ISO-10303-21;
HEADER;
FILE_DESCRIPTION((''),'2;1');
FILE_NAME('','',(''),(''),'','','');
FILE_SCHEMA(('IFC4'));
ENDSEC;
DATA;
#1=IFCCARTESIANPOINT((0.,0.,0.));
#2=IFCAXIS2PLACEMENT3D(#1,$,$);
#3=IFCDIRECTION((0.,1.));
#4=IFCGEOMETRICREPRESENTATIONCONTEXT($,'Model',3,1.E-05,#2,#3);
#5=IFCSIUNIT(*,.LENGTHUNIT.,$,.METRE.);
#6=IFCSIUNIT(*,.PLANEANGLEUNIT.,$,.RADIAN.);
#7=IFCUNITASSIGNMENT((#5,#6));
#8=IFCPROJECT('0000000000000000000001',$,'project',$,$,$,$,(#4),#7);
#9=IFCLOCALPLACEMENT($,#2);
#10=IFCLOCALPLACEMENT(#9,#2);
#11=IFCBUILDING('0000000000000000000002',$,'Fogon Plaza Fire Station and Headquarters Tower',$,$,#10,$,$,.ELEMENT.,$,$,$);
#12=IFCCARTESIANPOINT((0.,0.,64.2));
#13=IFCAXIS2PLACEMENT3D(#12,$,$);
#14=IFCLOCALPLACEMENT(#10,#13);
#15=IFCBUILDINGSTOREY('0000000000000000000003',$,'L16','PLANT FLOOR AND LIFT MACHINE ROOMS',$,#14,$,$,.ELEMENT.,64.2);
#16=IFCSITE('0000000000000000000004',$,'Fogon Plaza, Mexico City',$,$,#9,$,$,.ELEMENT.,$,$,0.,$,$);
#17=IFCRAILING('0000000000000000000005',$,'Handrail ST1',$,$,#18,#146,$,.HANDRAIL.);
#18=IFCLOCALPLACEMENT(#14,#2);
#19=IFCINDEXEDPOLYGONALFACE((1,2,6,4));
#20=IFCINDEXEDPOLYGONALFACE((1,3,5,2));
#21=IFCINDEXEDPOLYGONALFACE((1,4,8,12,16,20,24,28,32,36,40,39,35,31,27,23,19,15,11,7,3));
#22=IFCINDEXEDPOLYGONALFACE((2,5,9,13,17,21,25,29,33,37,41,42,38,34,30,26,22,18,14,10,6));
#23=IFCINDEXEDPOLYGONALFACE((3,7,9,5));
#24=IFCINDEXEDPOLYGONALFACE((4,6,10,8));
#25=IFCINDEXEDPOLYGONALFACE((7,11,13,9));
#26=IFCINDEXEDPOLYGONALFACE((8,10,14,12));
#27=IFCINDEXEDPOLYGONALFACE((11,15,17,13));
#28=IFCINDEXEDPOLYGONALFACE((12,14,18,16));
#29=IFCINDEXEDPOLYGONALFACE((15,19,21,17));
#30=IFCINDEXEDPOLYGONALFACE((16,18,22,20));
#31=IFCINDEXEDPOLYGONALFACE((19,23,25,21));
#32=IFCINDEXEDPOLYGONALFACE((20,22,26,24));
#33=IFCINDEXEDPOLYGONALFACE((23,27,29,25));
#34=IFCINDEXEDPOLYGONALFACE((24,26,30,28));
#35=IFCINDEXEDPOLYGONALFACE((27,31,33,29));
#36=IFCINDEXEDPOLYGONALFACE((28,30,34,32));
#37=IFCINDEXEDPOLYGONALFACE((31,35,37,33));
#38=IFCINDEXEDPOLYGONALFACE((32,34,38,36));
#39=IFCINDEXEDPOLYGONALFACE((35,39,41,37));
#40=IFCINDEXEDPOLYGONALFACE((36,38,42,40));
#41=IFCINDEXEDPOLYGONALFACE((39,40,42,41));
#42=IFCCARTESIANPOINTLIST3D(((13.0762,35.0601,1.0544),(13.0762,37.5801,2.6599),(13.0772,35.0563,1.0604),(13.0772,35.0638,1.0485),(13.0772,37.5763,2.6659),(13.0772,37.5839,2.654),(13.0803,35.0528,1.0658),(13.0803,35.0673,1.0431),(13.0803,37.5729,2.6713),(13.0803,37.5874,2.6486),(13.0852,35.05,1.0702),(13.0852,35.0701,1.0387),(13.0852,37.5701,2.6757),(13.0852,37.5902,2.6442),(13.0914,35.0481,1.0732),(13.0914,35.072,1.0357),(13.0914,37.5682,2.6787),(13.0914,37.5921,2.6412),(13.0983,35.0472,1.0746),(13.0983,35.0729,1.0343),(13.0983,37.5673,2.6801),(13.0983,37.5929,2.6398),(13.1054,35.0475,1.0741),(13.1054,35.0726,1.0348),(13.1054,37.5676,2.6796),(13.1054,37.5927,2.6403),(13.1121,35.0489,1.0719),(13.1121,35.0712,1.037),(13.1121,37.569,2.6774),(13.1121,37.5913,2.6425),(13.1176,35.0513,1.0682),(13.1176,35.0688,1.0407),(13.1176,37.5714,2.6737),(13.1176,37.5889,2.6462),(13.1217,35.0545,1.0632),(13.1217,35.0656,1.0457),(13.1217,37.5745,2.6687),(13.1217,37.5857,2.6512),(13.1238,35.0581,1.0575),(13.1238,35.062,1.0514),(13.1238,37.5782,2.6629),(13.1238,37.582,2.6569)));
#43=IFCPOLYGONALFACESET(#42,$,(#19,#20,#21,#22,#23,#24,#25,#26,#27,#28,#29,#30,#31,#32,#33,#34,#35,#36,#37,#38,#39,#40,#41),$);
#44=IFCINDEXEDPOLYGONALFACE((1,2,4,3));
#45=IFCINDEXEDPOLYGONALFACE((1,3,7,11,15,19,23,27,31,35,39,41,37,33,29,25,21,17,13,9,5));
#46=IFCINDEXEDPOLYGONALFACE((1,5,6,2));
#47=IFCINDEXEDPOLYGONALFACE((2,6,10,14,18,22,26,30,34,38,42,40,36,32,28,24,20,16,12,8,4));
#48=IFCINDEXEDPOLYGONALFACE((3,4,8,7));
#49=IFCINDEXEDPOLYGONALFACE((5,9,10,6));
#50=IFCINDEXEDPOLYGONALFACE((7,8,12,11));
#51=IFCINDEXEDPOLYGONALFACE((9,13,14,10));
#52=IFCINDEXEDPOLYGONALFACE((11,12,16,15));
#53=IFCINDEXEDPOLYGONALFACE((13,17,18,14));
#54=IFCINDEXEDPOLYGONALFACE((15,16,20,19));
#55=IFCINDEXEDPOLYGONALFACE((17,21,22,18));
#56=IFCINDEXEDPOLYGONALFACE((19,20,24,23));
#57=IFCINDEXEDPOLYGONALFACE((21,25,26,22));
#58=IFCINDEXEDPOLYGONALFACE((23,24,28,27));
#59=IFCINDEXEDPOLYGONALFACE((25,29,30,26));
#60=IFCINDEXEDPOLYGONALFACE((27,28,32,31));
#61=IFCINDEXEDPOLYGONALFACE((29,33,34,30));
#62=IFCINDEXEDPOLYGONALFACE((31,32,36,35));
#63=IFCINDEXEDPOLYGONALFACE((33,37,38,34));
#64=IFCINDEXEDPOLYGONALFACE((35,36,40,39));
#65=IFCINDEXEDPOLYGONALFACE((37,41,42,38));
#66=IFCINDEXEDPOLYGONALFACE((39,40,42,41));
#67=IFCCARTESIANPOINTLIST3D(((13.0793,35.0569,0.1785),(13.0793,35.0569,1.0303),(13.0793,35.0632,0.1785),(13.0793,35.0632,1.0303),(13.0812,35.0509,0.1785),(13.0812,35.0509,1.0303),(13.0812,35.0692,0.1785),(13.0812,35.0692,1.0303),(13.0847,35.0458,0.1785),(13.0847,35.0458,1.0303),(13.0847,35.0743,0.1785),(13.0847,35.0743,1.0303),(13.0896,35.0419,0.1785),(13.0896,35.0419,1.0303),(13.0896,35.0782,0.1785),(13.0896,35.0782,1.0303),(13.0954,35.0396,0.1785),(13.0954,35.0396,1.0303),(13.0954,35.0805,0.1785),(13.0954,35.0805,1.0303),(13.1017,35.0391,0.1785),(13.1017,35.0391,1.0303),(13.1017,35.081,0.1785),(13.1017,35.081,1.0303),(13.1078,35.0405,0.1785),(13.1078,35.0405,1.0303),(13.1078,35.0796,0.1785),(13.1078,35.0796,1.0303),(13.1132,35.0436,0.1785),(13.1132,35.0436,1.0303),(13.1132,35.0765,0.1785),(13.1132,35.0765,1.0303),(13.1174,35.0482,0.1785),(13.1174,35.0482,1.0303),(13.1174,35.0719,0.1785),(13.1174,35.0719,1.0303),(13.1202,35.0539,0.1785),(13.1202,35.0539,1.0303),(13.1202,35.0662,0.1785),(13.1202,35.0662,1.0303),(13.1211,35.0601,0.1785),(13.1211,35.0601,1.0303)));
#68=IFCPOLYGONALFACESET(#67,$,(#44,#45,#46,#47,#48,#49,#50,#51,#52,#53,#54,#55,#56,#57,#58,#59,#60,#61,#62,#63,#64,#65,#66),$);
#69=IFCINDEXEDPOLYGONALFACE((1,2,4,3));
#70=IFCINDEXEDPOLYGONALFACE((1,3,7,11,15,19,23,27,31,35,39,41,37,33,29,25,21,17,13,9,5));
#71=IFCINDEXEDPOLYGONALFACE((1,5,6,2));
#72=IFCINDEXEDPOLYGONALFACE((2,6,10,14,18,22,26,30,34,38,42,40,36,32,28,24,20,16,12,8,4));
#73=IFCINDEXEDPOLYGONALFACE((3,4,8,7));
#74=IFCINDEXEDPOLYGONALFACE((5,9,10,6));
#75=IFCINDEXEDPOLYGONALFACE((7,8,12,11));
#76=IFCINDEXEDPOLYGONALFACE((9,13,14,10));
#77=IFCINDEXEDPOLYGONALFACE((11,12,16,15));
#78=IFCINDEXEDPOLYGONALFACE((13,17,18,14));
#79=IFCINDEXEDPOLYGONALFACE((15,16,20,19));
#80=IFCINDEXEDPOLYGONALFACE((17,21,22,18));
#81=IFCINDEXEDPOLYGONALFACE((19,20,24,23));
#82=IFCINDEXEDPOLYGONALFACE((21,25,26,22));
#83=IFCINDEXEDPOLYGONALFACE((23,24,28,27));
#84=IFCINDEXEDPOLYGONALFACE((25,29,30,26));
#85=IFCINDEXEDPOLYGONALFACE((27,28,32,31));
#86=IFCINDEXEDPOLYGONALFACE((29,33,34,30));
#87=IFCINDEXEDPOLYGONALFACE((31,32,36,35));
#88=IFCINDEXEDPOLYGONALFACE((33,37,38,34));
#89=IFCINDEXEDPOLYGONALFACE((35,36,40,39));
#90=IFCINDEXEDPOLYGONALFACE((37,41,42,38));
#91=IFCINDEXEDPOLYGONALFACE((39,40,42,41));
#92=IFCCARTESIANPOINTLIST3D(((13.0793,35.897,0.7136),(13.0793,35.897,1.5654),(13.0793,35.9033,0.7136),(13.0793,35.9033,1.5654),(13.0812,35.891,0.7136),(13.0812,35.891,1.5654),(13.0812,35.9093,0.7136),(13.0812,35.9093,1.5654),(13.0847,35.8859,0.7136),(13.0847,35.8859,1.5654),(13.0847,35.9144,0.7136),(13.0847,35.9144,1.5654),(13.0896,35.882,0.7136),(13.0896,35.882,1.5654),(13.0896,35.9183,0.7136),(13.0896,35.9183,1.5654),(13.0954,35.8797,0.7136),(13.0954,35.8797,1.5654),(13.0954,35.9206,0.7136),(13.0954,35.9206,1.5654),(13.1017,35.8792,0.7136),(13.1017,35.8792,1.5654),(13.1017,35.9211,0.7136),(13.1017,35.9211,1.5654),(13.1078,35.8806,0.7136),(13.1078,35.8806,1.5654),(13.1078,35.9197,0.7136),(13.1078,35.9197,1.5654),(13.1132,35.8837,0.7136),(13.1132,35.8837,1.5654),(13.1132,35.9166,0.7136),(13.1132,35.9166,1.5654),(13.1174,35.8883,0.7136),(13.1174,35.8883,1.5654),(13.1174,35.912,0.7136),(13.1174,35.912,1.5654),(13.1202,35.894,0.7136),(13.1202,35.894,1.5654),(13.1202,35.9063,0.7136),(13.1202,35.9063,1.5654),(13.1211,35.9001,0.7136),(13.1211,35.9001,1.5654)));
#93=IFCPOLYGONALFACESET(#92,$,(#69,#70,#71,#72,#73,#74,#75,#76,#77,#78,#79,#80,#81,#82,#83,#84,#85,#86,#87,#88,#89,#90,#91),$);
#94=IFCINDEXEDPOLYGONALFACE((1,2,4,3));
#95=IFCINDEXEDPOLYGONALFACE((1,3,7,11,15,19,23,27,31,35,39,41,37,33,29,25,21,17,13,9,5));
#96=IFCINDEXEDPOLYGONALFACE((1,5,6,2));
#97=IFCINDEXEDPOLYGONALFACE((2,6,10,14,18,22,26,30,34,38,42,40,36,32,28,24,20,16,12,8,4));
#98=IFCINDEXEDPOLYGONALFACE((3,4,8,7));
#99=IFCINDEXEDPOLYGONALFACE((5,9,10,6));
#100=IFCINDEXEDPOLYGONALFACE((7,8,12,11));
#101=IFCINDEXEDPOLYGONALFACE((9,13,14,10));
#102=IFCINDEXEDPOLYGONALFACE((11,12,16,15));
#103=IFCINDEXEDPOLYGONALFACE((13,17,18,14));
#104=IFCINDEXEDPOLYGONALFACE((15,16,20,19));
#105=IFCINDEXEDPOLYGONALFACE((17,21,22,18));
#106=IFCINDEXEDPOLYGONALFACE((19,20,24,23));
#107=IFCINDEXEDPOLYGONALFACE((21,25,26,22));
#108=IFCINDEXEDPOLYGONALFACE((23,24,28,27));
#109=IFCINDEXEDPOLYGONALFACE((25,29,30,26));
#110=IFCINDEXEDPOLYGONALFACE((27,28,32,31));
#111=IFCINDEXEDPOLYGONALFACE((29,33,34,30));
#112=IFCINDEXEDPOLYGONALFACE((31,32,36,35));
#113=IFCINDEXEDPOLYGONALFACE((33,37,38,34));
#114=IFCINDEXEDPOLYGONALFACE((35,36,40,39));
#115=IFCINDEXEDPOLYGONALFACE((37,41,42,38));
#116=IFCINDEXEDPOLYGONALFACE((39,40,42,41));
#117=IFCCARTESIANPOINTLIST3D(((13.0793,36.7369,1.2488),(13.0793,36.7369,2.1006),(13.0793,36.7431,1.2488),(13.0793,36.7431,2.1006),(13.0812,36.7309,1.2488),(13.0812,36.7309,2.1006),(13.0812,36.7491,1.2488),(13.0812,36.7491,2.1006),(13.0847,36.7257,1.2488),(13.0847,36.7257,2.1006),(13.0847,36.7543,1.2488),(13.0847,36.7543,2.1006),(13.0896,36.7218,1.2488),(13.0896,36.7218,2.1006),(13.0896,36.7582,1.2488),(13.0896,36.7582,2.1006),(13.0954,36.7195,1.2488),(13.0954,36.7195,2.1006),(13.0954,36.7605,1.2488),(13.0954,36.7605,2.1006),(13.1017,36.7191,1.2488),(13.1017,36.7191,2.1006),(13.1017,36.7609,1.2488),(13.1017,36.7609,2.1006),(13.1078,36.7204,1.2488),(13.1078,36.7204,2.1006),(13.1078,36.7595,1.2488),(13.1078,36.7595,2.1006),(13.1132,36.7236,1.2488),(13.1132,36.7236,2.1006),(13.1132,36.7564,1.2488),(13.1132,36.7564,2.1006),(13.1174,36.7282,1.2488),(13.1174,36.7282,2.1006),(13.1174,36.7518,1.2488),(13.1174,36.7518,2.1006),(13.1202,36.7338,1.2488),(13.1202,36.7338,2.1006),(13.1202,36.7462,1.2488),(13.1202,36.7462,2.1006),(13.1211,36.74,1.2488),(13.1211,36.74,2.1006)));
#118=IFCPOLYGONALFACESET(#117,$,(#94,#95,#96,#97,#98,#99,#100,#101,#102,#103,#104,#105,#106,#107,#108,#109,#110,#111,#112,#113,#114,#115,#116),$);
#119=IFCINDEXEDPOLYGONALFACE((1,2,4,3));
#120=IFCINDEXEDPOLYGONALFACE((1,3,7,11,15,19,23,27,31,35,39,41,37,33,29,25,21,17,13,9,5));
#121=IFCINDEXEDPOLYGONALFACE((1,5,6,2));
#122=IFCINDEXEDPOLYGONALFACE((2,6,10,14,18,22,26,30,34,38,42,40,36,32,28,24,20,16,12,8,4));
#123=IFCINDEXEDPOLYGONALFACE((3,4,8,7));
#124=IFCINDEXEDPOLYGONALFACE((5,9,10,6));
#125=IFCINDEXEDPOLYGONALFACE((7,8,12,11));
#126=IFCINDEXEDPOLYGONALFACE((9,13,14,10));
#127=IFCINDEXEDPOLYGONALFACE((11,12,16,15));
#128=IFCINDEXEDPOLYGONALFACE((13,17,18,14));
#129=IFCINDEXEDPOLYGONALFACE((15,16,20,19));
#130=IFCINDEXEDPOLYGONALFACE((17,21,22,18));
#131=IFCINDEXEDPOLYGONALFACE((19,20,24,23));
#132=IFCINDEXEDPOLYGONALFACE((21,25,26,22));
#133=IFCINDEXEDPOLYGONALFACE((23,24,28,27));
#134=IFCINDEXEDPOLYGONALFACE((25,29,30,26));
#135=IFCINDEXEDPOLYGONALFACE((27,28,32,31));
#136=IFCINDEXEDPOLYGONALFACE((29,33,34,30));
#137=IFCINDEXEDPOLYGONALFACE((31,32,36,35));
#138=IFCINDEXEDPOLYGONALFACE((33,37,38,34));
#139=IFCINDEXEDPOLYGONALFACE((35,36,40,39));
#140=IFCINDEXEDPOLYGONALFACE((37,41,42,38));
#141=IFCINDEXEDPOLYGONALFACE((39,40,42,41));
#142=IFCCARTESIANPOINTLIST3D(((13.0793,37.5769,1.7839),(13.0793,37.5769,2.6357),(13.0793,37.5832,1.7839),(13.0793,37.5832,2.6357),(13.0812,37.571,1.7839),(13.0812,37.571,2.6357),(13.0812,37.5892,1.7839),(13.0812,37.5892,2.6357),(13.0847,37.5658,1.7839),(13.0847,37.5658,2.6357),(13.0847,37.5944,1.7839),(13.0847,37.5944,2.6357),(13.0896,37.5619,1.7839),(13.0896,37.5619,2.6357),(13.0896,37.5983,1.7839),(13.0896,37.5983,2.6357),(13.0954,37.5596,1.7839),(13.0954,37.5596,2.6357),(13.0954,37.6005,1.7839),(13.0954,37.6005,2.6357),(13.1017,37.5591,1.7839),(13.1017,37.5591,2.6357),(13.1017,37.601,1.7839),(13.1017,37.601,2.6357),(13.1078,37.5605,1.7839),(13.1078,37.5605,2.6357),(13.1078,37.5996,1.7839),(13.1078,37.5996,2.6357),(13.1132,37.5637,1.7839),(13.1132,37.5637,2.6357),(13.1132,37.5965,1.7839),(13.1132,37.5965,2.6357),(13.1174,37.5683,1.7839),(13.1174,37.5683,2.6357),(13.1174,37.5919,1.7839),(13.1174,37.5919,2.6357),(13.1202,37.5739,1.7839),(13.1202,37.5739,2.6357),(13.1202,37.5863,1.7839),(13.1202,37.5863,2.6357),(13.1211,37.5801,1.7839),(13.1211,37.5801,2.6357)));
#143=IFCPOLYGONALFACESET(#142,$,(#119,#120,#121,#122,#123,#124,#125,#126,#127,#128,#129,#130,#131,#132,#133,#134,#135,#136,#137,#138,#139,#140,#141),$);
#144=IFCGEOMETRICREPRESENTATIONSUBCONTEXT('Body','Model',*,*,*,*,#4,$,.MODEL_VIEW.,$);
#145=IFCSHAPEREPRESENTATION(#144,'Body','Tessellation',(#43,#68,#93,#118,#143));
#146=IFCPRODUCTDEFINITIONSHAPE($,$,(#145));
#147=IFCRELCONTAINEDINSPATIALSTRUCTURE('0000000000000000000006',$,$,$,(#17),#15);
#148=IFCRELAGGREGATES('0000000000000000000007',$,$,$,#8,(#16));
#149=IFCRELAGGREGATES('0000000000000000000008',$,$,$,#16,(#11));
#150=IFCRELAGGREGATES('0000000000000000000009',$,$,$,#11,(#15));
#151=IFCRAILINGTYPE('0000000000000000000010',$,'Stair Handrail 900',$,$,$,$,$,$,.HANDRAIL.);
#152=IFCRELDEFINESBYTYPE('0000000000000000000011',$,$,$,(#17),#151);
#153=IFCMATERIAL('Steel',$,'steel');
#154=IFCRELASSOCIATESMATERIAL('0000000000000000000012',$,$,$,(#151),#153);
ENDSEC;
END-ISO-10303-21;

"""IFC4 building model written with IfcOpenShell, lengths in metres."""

from ifc_helpers import new_model, si_unit, direction, frame, origin, origin_2d, place, context, subcontext, project, spatial, circle, extrude, material, type_object, element, save


model = new_model("IFC4")

# Units and contexts
model_context = context("Model", 3, precision=1e-05, world=origin(), true_north=direction((0.0, 1.0)))
body_context = subcontext(model_context, "Body", "Model", "MODEL_VIEW")
ifc_project = project(units=[si_unit("LENGTHUNIT", "METRE"), si_unit("PLANEANGLEUNIT", "RADIAN")], contexts=[model_context])

# Site, building, storey
site_placement = place(None, origin())
site = spatial("IfcSite", under=ifc_project, at=site_placement, Name="Fogon Plaza, Mexico City", CompositionType="ELEMENT", RefElevation=0.0)
building_placement = place(site_placement, origin())
building = spatial("IfcBuilding", under=site, at=building_placement, Name="Fogon Plaza Fire Station and Headquarters Tower", CompositionType="ELEMENT")
storey_placement = place(building_placement, frame((0.0, 0.0, 64.2)))
storey = spatial("IfcBuildingStorey", under=building, at=storey_placement, Name="L16", Description="PLANT FLOOR AND LIFT MACHINE ROOMS", CompositionType="ELEMENT", Elevation=64.2)

# Railing
ifc_material_1 = material(Name="Steel", Category="steel")
railing_type = type_object("IfcRailingType", Name="Stair Handrail 900", PredefinedType="HANDRAIL", material=ifc_material_1)
for number, where, name in (
    (1, (13.1001, 35.0601, 0.1785), "Handrail ST1"),
):
    element("IfcRailing", number, at=place(storey_placement, frame(where)), inside=storey, type_object=railing_type, Name=name, PredefinedType="HANDRAIL", context=body_context, shape_type="SweptSolid", body=[
        extrude(circle(Radius=0.0239, at=origin_2d()), frame((0.0, 0.0, 0.876), z_axis=(0.0, 0.843385, 0.537309), x_axis=(-1.0, 0.0, 0.0)), (0.0, 0.0, 1.0), 2.988),
        extrude(circle(Radius=0.021, at=origin_2d()), origin(), (0.0, 0.0, 1.0), 0.8518),
        extrude(circle(Radius=0.021, at=origin_2d()), frame((0.0, 0.8401, 0.5352)), (0.0, 0.0, 1.0), 0.8518),
        extrude(circle(Radius=0.021, at=origin_2d()), frame((0.0, 1.6799, 1.0703)), (0.0, 0.0, 1.0), 0.8518),
        extrude(circle(Radius=0.021, at=origin_2d()), frame((0.0, 2.52, 1.6055)), (0.0, 0.0, 1.0), 0.8518),
    ])

save(model, "model.ifc")
